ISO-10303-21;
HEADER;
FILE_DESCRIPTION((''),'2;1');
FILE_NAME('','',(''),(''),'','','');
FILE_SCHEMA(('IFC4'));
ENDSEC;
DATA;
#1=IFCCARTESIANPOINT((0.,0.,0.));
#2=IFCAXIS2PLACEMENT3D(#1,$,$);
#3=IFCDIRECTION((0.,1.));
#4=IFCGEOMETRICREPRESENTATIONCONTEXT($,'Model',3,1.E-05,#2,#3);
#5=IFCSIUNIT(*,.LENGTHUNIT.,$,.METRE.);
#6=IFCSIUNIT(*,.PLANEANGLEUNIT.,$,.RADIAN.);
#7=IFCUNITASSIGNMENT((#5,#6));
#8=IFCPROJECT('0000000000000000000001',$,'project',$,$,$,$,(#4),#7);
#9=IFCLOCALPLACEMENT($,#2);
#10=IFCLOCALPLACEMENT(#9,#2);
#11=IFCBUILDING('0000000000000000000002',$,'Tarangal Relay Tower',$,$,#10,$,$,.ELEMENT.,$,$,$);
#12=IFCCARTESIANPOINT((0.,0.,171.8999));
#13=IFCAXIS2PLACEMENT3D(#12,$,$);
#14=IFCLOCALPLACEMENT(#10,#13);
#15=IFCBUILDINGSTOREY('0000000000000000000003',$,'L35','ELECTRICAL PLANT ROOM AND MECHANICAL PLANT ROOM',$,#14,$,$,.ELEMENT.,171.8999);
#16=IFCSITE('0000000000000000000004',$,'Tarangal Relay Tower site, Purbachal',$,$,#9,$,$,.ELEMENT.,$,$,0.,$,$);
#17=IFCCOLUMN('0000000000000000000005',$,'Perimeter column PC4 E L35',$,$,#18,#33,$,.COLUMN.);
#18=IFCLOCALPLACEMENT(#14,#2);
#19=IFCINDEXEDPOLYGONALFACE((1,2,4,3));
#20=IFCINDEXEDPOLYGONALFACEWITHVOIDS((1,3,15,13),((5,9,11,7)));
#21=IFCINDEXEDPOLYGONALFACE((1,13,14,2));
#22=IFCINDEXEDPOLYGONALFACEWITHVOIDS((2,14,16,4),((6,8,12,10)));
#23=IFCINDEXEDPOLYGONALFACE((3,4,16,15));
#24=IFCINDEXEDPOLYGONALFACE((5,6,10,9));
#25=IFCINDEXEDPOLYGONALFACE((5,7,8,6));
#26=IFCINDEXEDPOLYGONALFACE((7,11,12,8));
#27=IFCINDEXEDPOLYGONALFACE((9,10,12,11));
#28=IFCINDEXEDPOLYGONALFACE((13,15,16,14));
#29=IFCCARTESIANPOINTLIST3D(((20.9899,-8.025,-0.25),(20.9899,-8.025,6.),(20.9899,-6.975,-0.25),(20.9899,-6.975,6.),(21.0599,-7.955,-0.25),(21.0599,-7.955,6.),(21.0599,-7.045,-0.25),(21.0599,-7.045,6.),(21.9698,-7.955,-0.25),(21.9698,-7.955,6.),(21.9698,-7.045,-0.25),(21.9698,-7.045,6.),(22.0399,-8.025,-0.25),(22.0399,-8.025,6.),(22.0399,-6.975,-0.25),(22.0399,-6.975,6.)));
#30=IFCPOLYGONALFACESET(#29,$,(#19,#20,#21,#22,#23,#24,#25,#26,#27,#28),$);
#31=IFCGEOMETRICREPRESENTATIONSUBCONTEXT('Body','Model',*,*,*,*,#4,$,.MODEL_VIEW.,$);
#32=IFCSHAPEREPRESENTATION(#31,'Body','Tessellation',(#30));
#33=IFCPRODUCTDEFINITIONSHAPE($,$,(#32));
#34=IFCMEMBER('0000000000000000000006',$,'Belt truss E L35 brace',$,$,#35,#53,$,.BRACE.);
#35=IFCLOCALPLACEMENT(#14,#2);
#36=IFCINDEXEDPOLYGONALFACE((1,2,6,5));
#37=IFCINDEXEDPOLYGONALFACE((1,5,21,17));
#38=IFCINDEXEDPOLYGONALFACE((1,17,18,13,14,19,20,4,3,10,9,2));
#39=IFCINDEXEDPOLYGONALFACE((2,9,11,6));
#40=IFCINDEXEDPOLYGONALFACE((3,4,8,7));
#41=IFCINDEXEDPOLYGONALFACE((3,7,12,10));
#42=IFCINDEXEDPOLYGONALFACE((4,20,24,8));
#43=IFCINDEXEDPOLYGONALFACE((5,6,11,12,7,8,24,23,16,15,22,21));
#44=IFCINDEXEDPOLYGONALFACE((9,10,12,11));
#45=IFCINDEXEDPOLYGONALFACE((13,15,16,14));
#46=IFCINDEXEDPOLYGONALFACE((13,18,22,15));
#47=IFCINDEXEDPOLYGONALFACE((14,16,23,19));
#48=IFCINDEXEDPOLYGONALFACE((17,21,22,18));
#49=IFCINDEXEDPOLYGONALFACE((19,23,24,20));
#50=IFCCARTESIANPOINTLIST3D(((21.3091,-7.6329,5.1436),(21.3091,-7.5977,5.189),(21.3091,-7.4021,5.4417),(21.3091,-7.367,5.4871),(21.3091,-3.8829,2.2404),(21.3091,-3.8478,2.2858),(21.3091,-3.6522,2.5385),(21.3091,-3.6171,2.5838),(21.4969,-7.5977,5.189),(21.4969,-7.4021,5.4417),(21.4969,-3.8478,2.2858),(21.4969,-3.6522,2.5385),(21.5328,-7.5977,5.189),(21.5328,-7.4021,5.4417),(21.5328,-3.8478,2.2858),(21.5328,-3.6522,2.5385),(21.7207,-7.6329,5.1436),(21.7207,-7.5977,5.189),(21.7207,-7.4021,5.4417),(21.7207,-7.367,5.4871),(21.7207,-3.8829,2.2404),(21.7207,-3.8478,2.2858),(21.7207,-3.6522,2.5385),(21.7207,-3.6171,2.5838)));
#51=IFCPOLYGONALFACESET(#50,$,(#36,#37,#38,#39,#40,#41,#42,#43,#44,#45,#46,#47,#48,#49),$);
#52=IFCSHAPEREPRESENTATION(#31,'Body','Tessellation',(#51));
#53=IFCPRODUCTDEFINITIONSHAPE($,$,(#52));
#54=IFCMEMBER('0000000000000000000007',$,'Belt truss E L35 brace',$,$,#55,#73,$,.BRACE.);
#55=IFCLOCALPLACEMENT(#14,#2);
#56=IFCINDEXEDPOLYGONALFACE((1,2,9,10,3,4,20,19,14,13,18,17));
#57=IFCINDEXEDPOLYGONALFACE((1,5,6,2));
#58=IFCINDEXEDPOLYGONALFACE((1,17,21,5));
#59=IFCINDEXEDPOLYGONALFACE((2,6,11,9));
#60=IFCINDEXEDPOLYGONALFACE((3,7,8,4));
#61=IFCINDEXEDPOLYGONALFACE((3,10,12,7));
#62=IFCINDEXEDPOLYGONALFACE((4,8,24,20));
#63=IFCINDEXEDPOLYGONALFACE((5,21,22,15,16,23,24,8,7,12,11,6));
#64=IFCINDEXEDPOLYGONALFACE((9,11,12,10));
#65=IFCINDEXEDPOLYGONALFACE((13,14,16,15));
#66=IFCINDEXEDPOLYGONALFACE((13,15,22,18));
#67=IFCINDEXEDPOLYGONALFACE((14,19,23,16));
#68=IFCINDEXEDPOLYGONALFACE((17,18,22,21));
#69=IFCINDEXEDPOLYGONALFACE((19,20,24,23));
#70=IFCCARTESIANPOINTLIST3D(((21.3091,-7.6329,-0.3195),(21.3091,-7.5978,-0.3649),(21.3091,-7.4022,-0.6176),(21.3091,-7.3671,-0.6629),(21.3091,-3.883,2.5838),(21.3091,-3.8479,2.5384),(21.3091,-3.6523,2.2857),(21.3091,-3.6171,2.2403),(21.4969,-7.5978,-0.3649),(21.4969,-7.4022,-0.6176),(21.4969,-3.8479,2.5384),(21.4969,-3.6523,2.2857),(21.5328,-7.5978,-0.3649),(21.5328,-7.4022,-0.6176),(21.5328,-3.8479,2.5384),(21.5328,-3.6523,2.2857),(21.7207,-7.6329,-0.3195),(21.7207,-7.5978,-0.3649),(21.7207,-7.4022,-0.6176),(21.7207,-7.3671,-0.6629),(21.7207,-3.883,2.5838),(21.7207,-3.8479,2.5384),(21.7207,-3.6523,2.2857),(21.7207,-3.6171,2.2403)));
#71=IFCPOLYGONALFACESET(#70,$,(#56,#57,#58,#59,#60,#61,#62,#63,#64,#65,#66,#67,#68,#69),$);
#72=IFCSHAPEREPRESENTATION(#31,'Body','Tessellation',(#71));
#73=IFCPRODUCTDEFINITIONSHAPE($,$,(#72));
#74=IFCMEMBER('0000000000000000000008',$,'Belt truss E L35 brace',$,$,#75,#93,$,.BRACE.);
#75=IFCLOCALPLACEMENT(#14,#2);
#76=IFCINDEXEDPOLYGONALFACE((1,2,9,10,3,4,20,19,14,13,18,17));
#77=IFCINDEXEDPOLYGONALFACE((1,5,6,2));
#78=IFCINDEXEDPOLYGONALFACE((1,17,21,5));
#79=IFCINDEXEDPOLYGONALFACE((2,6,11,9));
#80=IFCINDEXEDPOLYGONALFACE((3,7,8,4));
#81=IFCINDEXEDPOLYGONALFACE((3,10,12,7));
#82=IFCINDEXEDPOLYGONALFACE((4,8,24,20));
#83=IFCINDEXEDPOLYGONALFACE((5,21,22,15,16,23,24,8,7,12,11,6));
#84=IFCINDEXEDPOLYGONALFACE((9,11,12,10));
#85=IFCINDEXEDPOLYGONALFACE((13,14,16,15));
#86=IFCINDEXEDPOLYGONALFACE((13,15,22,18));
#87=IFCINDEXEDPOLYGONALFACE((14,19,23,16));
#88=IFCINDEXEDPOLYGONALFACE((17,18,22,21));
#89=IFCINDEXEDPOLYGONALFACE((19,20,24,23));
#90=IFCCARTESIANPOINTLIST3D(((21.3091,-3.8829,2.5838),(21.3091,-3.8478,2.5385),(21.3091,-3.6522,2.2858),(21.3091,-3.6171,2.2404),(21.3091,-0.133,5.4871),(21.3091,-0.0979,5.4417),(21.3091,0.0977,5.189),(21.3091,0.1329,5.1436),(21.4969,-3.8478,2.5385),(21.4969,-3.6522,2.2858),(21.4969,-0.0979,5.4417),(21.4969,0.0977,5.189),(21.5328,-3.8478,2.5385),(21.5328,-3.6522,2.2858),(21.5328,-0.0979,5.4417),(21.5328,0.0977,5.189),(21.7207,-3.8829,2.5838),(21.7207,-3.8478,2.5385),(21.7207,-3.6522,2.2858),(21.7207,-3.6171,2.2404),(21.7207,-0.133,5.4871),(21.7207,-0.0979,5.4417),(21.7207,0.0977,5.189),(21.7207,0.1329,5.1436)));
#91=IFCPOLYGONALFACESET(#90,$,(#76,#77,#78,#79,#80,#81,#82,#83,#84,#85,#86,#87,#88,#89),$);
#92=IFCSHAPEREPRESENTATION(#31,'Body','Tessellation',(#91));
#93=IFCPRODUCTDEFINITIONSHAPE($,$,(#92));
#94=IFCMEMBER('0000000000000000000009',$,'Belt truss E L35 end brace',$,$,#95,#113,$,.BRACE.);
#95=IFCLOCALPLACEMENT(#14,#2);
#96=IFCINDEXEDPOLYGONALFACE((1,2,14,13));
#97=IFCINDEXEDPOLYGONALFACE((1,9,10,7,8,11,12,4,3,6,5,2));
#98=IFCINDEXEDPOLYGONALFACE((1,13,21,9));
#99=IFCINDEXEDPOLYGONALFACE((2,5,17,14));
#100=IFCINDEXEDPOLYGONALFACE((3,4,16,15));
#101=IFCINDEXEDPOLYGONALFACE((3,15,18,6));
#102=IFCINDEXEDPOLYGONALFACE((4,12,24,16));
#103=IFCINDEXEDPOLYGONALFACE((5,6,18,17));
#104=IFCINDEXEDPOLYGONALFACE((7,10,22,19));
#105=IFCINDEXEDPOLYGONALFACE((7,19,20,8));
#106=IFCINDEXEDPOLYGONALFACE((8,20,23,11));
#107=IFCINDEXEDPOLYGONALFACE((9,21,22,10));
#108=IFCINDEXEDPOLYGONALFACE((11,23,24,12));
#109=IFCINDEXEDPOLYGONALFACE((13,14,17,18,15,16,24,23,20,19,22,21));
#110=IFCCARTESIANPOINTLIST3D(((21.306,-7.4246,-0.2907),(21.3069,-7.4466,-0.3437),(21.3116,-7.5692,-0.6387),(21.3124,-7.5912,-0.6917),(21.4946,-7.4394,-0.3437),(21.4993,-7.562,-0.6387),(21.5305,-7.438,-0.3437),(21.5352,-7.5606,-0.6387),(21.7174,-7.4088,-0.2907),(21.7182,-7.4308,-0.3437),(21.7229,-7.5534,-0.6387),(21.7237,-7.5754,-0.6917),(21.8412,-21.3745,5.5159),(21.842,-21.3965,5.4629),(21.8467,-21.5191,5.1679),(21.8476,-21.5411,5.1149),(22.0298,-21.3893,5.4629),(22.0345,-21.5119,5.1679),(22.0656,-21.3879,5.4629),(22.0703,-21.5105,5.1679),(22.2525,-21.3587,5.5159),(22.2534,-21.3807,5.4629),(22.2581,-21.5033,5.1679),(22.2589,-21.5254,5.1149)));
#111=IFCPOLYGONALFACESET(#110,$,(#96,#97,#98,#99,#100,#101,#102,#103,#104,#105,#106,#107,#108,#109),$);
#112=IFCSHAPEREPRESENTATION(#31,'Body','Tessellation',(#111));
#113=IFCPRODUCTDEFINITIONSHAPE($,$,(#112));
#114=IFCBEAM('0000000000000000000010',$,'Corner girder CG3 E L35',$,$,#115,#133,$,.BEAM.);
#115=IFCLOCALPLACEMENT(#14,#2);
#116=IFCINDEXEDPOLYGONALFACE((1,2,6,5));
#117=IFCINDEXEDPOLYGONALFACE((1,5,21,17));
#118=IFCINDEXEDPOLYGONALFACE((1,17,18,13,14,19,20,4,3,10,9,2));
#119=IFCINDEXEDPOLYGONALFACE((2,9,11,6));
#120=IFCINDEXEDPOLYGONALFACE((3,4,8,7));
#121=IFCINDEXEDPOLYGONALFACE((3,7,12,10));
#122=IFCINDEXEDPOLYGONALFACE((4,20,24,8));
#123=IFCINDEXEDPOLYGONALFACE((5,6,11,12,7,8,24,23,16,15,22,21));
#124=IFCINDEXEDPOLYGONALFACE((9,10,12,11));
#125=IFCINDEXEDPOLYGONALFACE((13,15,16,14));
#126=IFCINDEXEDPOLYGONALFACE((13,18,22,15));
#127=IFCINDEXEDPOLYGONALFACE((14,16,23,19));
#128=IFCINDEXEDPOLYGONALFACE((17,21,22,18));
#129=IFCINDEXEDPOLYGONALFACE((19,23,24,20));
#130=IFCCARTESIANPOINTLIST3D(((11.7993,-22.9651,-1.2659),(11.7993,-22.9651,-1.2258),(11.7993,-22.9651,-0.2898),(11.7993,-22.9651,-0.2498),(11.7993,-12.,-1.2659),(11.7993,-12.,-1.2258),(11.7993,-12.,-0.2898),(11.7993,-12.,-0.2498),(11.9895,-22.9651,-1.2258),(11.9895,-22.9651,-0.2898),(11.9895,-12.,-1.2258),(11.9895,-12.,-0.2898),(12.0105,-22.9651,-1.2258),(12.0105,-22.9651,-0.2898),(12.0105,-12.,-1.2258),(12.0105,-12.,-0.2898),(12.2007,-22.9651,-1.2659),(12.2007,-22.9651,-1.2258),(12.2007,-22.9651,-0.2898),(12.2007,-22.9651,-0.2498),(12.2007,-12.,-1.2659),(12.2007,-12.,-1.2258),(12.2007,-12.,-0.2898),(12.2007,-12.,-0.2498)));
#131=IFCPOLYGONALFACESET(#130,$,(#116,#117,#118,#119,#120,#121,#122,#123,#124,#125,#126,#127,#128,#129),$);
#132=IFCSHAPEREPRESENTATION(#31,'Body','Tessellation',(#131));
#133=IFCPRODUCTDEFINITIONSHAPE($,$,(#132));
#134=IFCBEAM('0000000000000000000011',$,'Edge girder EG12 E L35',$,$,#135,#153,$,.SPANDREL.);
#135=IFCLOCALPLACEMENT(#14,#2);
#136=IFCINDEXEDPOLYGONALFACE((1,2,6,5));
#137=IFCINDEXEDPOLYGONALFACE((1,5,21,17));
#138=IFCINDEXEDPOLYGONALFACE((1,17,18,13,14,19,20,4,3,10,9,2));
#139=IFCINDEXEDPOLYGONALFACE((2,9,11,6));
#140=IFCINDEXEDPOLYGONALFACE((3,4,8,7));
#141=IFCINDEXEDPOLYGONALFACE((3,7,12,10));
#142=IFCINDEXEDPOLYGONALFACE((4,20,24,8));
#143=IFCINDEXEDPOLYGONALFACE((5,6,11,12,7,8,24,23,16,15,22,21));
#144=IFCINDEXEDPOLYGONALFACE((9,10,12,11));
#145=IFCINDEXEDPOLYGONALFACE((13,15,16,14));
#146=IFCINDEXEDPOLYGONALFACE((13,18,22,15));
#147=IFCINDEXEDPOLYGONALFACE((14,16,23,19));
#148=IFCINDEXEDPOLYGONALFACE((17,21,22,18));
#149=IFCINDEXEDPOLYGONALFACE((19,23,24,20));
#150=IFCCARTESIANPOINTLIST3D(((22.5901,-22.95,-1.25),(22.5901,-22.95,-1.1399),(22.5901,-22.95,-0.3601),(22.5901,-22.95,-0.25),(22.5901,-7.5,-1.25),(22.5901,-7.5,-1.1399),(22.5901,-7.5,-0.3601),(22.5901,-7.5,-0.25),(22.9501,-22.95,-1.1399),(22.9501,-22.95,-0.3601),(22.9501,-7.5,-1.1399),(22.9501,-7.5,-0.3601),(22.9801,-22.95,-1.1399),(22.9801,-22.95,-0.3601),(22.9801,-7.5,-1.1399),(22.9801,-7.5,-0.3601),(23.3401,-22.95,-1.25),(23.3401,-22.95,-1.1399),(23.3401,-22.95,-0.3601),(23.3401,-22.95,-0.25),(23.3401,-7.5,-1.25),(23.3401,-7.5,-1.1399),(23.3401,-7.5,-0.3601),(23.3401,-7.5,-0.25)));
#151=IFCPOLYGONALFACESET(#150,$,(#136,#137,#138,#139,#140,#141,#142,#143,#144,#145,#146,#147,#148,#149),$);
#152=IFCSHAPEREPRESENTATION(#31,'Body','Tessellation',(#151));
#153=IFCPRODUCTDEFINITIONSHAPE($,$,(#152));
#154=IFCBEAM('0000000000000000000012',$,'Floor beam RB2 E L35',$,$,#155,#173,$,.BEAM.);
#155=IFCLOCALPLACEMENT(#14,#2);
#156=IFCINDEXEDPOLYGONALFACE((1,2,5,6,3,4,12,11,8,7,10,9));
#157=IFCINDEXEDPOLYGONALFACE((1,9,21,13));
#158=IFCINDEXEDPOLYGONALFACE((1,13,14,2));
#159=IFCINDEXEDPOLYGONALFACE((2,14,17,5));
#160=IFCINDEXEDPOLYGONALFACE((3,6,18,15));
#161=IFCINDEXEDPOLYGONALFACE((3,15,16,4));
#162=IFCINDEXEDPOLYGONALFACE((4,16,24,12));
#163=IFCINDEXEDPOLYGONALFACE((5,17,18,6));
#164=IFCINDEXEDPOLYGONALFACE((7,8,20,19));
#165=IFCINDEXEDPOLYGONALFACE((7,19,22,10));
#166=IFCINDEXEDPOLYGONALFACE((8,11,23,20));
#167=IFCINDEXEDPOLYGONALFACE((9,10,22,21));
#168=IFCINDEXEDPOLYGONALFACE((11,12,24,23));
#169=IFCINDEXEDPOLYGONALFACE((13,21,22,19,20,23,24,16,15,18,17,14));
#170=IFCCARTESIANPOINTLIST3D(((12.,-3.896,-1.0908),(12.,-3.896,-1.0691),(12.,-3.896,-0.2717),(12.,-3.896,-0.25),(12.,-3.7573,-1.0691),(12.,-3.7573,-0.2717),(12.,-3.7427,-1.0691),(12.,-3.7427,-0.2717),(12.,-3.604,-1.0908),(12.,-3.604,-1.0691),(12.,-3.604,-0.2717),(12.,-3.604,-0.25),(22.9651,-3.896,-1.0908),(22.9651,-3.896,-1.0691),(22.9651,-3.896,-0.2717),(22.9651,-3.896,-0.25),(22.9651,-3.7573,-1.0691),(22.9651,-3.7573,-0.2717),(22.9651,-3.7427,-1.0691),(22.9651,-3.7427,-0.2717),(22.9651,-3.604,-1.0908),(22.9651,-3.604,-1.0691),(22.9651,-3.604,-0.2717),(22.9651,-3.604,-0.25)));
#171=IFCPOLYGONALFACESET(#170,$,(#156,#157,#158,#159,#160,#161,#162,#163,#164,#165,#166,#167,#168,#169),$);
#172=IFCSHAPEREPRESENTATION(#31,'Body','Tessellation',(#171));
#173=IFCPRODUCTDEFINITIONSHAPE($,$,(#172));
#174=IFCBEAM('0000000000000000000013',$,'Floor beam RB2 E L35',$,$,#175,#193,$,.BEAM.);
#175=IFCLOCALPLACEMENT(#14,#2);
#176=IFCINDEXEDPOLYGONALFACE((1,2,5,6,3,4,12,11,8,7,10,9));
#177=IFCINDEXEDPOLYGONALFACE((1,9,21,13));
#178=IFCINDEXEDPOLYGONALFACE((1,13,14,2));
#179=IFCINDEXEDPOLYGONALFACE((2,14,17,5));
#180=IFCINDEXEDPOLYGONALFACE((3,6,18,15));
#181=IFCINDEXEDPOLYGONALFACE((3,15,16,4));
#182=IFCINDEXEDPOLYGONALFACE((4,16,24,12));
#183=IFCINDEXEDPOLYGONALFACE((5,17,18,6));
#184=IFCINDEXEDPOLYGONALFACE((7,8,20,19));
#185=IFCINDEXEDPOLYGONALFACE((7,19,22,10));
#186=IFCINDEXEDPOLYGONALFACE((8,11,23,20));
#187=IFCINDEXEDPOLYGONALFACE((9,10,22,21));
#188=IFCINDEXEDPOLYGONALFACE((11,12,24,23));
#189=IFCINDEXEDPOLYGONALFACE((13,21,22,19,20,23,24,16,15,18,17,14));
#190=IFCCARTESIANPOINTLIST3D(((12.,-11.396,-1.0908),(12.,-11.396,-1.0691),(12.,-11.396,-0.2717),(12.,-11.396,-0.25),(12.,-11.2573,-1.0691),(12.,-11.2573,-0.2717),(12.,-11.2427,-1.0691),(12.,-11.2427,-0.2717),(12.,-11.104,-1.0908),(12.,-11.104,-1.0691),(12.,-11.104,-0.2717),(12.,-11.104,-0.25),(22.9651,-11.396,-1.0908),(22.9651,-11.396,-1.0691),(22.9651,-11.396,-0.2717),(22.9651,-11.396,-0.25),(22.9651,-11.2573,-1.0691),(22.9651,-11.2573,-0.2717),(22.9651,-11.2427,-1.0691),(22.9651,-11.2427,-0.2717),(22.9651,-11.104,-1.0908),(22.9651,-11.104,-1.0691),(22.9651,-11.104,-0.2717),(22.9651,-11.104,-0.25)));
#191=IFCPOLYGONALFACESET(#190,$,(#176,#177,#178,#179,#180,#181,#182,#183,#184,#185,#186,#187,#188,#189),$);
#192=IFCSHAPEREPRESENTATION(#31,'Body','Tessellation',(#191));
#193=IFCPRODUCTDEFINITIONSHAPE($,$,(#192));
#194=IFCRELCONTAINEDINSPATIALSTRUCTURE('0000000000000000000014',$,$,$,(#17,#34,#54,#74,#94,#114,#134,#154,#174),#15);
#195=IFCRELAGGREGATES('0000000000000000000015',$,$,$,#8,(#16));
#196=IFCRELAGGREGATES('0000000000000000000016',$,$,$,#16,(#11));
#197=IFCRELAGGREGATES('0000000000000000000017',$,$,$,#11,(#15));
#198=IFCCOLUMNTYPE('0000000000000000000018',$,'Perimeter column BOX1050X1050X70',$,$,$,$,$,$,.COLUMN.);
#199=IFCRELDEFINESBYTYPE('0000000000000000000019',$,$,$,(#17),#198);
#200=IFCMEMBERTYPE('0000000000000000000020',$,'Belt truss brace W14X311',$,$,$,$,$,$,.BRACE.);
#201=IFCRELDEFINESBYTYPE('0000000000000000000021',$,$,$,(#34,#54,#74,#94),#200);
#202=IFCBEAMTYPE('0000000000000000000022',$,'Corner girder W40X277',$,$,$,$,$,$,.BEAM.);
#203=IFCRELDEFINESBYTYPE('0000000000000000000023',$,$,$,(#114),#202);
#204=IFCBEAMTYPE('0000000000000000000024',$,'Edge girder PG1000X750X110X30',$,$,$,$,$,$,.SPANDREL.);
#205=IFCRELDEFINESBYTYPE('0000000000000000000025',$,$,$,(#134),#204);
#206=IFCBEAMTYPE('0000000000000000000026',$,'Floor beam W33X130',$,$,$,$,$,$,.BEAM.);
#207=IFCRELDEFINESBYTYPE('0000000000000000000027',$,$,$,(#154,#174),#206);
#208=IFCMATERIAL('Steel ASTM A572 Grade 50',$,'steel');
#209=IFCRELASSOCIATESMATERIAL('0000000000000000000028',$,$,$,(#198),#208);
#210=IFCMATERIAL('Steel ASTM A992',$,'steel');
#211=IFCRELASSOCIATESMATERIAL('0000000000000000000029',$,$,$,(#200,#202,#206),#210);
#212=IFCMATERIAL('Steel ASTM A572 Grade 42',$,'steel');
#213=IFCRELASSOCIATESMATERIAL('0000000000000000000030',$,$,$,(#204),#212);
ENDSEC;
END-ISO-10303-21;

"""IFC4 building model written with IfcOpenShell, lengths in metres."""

from ifc_helpers import new_model, si_unit, direction, frame, origin, origin_2d, place, context, subcontext, project, spatial, hollow_rectangle, i_section, extrude, material, material_profile, profile_set, type_object, element, save


model = new_model("IFC4")

# Units and contexts
model_context = context("Model", 3, precision=1e-05, world=origin(), true_north=direction((0.0, 1.0)))
body_context = subcontext(model_context, "Body", "Model", "MODEL_VIEW")
ifc_project = project(units=[si_unit("LENGTHUNIT", "METRE"), si_unit("PLANEANGLEUNIT", "RADIAN")], contexts=[model_context])

# Site, building, storey
site_placement = place(None, origin())
site = spatial("IfcSite", under=ifc_project, at=site_placement, Name="Tarangal Relay Tower site, Purbachal", CompositionType="ELEMENT", RefElevation=0.0)
building_placement = place(site_placement, origin())
building = spatial("IfcBuilding", under=site, at=building_placement, Name="Tarangal Relay Tower", CompositionType="ELEMENT")
storey_placement = place(building_placement, frame((0.0, 0.0, 171.8999)))
storey = spatial("IfcBuildingStorey", under=building, at=storey_placement, Name="L35", Description="ELECTRICAL PLANT ROOM AND MECHANICAL PLANT ROOM", CompositionType="ELEMENT", Elevation=171.8999)

# Column
ifc_material_1 = material(Name="Steel ASTM A572 Grade 50", Category="steel")
ifc_material_profile_1 = material_profile(ifc_material_1, hollow_rectangle(XDim=1.05, YDim=1.05, WallThickness=0.0701, at=origin_2d()), Name="BOX1050X1050X70")
ifc_profile_set_1 = profile_set([ifc_material_profile_1], Name="Steel ASTM A572 Grade 50")
column_type = type_object("IfcColumnType", Name="Perimeter column BOX1050X1050X70", PredefinedType="COLUMN", material=ifc_profile_set_1)
column_placement = place(storey_placement, frame((21.5149, -7.5, -0.25), z_axis=(0.0, 0.0, 1.0), x_axis=(1.0, 0.0, 0.0)))
element("IfcColumn", 1, at=column_placement, inside=storey, type_object=column_type, Name="Perimeter column PC4 E L35", PredefinedType="COLUMN", context=body_context, shape_type="SweptSolid", body=[
    extrude(hollow_rectangle(XDim=1.05, YDim=1.05, WallThickness=0.0701, at=origin_2d()), origin(), (0.0, 0.0, 1.0), 6.25),
])

# Members
ifc_material_2 = material(Name="Steel ASTM A992", Category="steel")
ifc_material_profile_2 = material_profile(ifc_material_2, i_section(OverallWidth=0.4116, OverallDepth=0.4343, WebThickness=0.0359, FlangeThickness=0.0574, at=origin_2d()), Name="W14X311")
ifc_profile_set_2 = profile_set([ifc_material_profile_2], Name="Steel ASTM A992")
member_type_1 = type_object("IfcMemberType", Name="Belt truss brace W14X311", PredefinedType="BRACE", material=ifc_profile_set_2)
for number, where, z_axis, x_axis, name in (
    (2, (21.5149, -3.75, 2.4121), (0.0, -0.790714, 0.612186), (1.0, 0.0, 0.0), "Belt truss E L35 brace"),
    (3, (21.5149, -7.5, -0.4912), (0.0, 0.790714, 0.612186), (-1.0, 0.0, 0.0), "Belt truss E L35 brace"),
    (4, (21.5149, -3.75, 2.4121), (0.0, 0.790714, 0.612186), (-1.0, 0.0, 0.0), "Belt truss E L35 brace"),
):
    element("IfcMember", number, at=place(storey_placement, frame(where, z_axis=z_axis, x_axis=x_axis)), inside=storey, type_object=member_type_1, Name=name, PredefinedType="BRACE", context=body_context, shape_type="SweptSolid", body=[
        extrude(i_section(OverallWidth=0.4116, OverallDepth=0.4343, WebThickness=0.0359, FlangeThickness=0.0574, at=origin_2d()), origin(), (0.0, 0.0, 1.0), 4.7424),
    ])
member_1_placement = place(storey_placement, frame((21.5149, -7.5, -0.4912), z_axis=(0.035395, -0.922636, 0.384045), x_axis=(0.999265, 0.038334, 0.0)))
element("IfcMember", 5, at=member_1_placement, inside=storey, type_object=member_type_1, Name="Belt truss E L35 end brace", PredefinedType="BRACE", context=body_context, shape_type="SweptSolid", body=[
    extrude(i_section(OverallWidth=0.4116, OverallDepth=0.4343, WebThickness=0.0359, FlangeThickness=0.0574, at=origin_2d()), origin(), (0.0, 0.0, 1.0), 15.1196),
])

# Beams
ifc_material_profile_3 = material_profile(ifc_material_2, i_section(OverallWidth=0.4014, OverallDepth=1.0161, WebThickness=0.021, FlangeThickness=0.04, at=origin_2d()), Name="W40X277")
ifc_profile_set_3 = profile_set([ifc_material_profile_3], Name="Steel ASTM A992")
beam_type_1 = type_object("IfcBeamType", Name="Corner girder W40X277", PredefinedType="BEAM", material=ifc_profile_set_3)
beam_1_placement = place(storey_placement, frame((12.0, -12.0, -0.7578), z_axis=(0.0, -1.0, 0.0), x_axis=(1.0, 0.0, 0.0)))
element("IfcBeam", 6, at=beam_1_placement, inside=storey, type_object=beam_type_1, Name="Corner girder CG3 E L35", PredefinedType="BEAM", context=body_context, shape_type="SweptSolid", body=[
    extrude(i_section(OverallWidth=0.4014, OverallDepth=1.0161, WebThickness=0.021, FlangeThickness=0.04, at=origin_2d()), origin(), (0.0, 0.0, 1.0), 10.9651),
])
ifc_material_3 = material(Name="Steel ASTM A572 Grade 42", Category="steel")
ifc_material_profile_4 = material_profile(ifc_material_3, i_section(OverallWidth=0.75, OverallDepth=1.0, WebThickness=0.03, FlangeThickness=0.1101, at=origin_2d()), Name="PG1000X750X110X30")
ifc_profile_set_4 = profile_set([ifc_material_profile_4], Name="Steel ASTM A572 Grade 42")
beam_type_2 = type_object("IfcBeamType", Name="Edge girder PG1000X750X110X30", PredefinedType="SPANDREL", material=ifc_profile_set_4)
beam_2_placement = place(storey_placement, frame((22.9651, -7.5, -0.75), z_axis=(0.0, -1.0, 0.0), x_axis=(1.0, 0.0, 0.0)))
element("IfcBeam", 7, at=beam_2_placement, inside=storey, type_object=beam_type_2, Name="Edge girder EG12 E L35", PredefinedType="SPANDREL", context=body_context, shape_type="SweptSolid", body=[
    extrude(i_section(OverallWidth=0.75, OverallDepth=1.0, WebThickness=0.03, FlangeThickness=0.1101, at=origin_2d()), origin(), (0.0, 0.0, 1.0), 15.45),
])
ifc_material_profile_5 = material_profile(ifc_material_2, i_section(OverallWidth=0.292, OverallDepth=0.8408, WebThickness=0.0146, FlangeThickness=0.0217, at=origin_2d()), Name="W33X130")
ifc_profile_set_5 = profile_set([ifc_material_profile_5], Name="Steel ASTM A992")
beam_type_3 = type_object("IfcBeamType", Name="Floor beam W33X130", PredefinedType="BEAM", material=ifc_profile_set_5)
for number, where, z_axis, x_axis, name in (
    (8, (12.0, -3.75, -0.6704), (1.0, 0.0, 0.0), (0.0, 1.0, 0.0), "Floor beam RB2 E L35"),
    (9, (12.0, -11.25, -0.6704), (1.0, 0.0, 0.0), (0.0, 1.0, 0.0), "Floor beam RB2 E L35"),
):
    element("IfcBeam", number, at=place(storey_placement, frame(where, z_axis=z_axis, x_axis=x_axis)), inside=storey, type_object=beam_type_3, Name=name, PredefinedType="BEAM", context=body_context, shape_type="SweptSolid", body=[
        extrude(i_section(OverallWidth=0.292, OverallDepth=0.8408, WebThickness=0.0146, FlangeThickness=0.0217, at=origin_2d()), origin(), (0.0, 0.0, 1.0), 10.9651),
    ])

save(model, "model.ifc")
